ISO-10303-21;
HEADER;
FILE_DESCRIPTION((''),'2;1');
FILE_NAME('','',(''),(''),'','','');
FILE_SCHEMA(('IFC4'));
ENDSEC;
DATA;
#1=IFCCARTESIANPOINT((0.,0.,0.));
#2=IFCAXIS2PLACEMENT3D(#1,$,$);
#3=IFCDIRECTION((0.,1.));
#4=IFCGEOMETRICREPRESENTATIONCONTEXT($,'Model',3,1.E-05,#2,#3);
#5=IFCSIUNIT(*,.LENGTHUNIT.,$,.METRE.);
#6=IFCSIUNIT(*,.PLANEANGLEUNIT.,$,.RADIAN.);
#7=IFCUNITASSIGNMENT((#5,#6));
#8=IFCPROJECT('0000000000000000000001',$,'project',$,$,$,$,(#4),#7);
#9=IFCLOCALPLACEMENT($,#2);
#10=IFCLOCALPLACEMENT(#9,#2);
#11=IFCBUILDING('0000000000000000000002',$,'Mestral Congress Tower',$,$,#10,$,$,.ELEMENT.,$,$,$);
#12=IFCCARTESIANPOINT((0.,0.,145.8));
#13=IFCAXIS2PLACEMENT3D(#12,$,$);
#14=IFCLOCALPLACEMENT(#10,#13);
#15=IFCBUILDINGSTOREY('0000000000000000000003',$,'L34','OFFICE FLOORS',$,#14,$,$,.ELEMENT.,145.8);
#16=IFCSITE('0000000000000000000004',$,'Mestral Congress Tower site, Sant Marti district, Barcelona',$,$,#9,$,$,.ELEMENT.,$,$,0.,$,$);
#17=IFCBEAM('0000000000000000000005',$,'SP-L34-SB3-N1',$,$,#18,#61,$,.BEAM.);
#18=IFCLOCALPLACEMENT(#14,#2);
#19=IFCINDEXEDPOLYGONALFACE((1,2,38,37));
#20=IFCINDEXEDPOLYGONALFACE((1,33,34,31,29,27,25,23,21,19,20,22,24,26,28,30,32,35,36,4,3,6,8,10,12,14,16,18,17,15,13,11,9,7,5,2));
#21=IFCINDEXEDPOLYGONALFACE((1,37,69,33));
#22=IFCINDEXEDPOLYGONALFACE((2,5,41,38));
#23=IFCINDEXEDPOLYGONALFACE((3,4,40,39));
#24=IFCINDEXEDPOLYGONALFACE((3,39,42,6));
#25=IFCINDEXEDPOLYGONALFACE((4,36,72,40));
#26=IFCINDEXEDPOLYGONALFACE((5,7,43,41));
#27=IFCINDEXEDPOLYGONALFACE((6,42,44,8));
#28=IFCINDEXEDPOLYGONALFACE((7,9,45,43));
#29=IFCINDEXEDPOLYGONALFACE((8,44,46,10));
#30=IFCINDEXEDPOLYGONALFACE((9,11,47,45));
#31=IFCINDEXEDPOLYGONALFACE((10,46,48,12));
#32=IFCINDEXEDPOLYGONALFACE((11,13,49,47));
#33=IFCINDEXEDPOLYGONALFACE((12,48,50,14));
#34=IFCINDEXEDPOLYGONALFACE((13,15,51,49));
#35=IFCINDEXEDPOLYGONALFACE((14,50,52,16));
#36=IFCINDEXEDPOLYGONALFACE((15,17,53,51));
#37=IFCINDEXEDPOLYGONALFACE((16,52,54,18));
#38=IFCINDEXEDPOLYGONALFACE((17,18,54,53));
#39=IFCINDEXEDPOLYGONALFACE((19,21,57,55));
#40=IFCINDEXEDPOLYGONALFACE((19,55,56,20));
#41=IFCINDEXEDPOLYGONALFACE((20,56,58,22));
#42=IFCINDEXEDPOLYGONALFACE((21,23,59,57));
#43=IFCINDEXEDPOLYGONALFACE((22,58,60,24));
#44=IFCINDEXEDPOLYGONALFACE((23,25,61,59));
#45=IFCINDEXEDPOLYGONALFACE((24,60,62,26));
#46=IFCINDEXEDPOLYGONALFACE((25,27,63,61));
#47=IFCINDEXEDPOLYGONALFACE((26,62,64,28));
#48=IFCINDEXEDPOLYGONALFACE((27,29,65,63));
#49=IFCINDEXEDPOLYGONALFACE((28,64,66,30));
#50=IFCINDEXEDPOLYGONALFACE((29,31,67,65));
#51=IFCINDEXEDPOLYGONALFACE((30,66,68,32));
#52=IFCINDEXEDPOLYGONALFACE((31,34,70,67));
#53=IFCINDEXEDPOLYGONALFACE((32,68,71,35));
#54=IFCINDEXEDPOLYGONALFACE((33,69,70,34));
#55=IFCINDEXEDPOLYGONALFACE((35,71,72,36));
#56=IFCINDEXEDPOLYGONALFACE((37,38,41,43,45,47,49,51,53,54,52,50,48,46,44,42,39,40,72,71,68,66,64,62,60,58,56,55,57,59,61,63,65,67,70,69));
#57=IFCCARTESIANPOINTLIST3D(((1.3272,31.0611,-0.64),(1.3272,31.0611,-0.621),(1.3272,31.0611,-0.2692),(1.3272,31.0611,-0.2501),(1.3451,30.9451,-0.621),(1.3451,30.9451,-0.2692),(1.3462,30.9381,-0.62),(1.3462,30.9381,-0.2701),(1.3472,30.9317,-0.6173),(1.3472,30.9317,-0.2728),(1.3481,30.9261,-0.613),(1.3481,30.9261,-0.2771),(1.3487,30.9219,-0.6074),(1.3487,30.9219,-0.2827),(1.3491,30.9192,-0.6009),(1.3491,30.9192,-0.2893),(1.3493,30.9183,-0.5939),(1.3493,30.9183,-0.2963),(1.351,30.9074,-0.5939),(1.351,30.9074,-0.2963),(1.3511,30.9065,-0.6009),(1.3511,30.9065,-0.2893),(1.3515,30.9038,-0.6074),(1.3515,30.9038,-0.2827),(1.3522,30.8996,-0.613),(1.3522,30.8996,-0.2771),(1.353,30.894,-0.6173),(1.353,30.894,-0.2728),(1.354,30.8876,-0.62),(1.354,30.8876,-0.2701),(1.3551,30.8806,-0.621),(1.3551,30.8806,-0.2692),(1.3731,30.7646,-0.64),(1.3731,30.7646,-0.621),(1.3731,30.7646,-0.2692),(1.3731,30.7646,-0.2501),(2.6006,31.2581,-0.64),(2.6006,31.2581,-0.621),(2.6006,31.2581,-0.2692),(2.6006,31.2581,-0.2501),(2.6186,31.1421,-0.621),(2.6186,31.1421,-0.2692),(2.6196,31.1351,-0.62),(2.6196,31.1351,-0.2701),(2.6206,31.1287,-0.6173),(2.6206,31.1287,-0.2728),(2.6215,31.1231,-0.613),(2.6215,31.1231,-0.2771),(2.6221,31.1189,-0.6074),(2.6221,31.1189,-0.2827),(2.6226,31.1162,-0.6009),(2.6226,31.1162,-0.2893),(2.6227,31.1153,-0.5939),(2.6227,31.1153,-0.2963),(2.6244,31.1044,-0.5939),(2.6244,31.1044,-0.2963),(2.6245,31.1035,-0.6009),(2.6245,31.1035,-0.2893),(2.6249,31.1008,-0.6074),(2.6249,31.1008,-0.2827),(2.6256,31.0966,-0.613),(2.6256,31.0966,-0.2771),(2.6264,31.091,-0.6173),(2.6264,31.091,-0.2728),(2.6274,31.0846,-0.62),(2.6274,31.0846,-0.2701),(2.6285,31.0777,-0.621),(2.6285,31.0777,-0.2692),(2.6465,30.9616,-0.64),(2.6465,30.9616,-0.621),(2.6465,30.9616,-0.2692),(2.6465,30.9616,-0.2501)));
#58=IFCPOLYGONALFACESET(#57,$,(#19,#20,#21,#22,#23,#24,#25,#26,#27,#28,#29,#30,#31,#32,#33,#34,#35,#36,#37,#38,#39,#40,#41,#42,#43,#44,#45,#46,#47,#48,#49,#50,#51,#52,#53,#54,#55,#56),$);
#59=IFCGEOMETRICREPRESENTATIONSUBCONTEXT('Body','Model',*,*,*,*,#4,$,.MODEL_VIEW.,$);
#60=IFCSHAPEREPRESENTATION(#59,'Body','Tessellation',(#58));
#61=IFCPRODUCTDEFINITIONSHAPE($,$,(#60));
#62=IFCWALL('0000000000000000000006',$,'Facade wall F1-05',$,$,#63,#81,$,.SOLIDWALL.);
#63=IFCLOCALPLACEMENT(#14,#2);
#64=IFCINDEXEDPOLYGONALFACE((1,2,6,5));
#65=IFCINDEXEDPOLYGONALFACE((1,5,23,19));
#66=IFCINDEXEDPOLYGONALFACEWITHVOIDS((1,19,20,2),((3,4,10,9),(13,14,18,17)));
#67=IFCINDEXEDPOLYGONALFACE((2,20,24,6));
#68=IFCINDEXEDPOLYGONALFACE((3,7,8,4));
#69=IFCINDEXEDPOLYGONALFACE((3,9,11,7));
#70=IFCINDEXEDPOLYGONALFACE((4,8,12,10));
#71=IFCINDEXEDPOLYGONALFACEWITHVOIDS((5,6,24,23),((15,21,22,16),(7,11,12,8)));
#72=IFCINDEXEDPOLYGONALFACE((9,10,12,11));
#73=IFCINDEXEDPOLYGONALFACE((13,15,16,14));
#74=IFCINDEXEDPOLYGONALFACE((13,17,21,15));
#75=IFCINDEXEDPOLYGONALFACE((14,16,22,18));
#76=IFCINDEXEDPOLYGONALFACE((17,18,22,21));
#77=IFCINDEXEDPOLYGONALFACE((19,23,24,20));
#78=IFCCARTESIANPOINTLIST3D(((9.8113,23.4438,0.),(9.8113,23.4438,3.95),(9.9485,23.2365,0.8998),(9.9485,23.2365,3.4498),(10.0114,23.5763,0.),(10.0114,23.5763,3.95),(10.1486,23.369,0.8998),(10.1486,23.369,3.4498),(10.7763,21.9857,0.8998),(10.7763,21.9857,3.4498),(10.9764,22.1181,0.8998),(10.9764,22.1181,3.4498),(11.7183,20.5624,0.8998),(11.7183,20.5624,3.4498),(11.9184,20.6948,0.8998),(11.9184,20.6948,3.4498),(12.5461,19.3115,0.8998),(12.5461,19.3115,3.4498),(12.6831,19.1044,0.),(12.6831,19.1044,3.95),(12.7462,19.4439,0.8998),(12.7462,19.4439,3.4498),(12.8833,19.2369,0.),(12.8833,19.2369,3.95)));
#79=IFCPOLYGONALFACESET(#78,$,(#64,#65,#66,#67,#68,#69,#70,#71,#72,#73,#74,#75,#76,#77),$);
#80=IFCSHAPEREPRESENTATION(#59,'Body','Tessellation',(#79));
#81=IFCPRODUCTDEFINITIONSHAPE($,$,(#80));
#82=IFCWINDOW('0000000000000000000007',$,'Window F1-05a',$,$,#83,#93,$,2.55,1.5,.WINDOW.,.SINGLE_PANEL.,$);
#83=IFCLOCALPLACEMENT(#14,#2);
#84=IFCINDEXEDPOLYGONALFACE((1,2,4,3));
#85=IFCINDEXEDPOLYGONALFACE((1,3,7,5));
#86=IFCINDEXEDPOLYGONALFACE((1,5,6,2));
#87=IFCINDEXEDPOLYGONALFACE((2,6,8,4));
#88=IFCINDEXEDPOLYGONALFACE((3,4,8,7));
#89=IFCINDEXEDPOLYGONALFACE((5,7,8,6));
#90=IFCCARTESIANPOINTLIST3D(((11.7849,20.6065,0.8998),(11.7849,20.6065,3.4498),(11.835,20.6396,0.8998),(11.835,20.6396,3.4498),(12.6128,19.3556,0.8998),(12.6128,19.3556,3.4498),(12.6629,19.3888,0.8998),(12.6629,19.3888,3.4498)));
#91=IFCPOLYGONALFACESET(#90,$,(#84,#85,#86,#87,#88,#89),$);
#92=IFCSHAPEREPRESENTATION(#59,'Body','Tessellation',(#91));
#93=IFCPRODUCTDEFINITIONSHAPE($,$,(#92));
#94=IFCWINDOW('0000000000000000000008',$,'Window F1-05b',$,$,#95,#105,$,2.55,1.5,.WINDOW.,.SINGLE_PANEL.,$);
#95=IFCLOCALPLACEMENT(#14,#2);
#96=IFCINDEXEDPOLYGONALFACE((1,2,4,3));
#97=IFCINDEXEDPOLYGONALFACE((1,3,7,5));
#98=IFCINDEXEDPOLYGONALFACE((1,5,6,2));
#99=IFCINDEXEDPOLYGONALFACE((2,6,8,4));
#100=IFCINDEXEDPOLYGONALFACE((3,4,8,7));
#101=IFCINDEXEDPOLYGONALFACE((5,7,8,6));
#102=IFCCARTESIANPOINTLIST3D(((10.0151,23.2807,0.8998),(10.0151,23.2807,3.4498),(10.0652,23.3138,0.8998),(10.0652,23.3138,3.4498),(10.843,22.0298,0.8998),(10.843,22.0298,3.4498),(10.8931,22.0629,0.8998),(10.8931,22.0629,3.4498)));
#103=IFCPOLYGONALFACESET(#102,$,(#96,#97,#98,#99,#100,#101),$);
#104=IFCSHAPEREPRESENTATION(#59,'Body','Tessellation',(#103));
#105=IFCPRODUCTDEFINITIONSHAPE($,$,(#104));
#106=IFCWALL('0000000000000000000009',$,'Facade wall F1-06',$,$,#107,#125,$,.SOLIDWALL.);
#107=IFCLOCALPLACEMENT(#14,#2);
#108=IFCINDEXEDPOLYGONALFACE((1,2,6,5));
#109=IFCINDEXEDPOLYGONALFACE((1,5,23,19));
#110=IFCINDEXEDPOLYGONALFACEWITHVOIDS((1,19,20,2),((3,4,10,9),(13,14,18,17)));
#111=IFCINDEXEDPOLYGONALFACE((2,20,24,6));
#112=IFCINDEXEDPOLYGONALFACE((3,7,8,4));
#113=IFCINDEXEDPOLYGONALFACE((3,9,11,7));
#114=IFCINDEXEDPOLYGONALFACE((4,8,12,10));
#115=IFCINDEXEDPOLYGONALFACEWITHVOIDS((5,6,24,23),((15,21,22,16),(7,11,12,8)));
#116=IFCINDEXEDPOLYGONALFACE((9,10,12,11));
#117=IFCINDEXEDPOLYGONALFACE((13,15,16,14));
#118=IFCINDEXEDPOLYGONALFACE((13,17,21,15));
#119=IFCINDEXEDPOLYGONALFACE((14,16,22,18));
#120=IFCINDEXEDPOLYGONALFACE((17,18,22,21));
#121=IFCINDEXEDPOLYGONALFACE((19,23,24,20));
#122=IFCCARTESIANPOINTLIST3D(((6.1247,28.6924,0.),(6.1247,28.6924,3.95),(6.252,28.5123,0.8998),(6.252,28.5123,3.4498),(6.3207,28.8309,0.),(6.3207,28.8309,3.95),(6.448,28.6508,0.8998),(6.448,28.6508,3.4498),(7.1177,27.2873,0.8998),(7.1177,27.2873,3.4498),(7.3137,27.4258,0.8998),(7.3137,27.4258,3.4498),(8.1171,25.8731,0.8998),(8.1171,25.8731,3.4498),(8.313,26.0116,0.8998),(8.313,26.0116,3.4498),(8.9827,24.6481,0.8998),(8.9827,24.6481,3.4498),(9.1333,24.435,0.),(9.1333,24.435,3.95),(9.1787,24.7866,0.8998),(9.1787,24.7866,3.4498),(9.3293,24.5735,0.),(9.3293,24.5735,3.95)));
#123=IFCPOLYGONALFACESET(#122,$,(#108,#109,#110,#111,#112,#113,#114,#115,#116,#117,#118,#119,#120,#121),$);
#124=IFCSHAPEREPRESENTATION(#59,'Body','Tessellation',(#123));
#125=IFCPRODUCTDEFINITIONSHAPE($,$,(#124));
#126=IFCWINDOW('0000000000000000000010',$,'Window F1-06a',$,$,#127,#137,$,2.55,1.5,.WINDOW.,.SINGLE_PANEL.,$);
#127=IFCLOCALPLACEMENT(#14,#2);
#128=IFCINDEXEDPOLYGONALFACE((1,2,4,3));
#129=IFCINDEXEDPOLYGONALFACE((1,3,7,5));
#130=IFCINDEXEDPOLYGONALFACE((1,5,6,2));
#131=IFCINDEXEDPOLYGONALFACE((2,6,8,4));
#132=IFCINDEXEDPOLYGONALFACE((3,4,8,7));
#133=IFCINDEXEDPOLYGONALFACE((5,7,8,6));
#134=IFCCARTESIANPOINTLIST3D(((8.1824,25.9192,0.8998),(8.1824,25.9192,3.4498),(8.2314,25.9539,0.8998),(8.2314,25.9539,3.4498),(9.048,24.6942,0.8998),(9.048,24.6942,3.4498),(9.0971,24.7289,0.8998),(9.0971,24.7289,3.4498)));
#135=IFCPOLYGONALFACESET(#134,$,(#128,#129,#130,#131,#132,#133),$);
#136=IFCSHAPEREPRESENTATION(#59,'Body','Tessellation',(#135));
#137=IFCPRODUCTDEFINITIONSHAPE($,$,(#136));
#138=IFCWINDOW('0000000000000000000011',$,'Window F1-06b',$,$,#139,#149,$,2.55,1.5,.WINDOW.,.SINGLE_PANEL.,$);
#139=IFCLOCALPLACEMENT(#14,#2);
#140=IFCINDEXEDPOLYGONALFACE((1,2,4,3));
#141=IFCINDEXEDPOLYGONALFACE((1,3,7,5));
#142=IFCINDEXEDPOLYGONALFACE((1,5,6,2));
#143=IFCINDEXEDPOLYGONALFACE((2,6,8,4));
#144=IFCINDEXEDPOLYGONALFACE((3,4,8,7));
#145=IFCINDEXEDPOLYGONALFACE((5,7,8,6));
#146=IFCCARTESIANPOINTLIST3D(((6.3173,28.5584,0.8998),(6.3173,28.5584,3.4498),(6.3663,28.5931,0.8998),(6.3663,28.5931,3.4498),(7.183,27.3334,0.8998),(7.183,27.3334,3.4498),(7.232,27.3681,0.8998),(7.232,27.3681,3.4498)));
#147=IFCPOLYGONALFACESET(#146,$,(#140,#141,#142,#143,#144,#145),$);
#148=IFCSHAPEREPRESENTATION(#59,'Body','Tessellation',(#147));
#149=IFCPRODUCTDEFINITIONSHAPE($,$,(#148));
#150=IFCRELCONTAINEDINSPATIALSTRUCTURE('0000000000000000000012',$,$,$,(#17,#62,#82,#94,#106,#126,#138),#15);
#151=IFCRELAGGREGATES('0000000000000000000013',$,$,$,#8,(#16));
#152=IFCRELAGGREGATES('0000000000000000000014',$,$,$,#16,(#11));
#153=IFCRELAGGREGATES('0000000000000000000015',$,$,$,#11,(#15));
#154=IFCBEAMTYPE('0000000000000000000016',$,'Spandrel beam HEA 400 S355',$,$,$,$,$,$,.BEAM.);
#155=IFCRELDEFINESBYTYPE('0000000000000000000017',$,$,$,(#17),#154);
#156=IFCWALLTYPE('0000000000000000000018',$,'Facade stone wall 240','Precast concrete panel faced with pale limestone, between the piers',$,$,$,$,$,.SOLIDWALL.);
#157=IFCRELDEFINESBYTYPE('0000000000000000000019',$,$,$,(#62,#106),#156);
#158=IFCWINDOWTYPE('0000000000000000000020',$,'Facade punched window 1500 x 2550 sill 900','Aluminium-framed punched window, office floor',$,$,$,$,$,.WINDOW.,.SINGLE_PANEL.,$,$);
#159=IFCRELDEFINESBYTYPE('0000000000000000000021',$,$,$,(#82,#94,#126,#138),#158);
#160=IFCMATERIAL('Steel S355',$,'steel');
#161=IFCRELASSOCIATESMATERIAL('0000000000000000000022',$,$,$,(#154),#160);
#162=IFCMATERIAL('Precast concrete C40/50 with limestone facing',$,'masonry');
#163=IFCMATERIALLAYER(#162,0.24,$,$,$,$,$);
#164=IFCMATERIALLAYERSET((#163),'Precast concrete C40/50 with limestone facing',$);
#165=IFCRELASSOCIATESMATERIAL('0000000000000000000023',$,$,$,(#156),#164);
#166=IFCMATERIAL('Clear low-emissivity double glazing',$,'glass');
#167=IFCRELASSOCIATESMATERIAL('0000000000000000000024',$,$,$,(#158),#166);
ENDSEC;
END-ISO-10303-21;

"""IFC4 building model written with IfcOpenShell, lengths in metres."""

from ifc_helpers import new_model, si_unit, direction, frame, frame_2d, origin, origin_2d, place, context, subcontext, project, spatial, rectangle, i_section, extrude, material, layer, layer_set, material_profile, profile_set, type_object, element, fill, save


model = new_model("IFC4")

# Units and contexts
model_context = context("Model", 3, precision=1e-05, world=origin(), true_north=direction((0.0, 1.0)))
body_context = subcontext(model_context, "Body", "Model", "MODEL_VIEW")
ifc_project = project(units=[si_unit("LENGTHUNIT", "METRE"), si_unit("PLANEANGLEUNIT", "RADIAN")], contexts=[model_context])

# Site, building, storey
site_placement = place(None, origin())
site = spatial("IfcSite", under=ifc_project, at=site_placement, Name="Mestral Congress Tower site, Sant Marti district, Barcelona", CompositionType="ELEMENT", RefElevation=0.0)
building_placement = place(site_placement, origin())
building = spatial("IfcBuilding", under=site, at=building_placement, Name="Mestral Congress Tower", CompositionType="ELEMENT")
storey_placement = place(building_placement, frame((0.0, 0.0, 145.8)))
storey = spatial("IfcBuildingStorey", under=building, at=storey_placement, Name="L34", Description="OFFICE FLOORS", CompositionType="ELEMENT", Elevation=145.8)

# Beam
ifc_material_1 = material(Name="Steel S355", Category="steel")
ifc_material_profile_1 = material_profile(ifc_material_1, i_section(OverallWidth=0.3, OverallDepth=0.3899, WebThickness=0.011, FlangeThickness=0.019, FilletRadius=0.0271, at=origin_2d()), Name="HEA 400")
ifc_profile_set_1 = profile_set([ifc_material_profile_1], Name="Steel S355")
beam_type_1 = type_object("IfcBeamType", Name="Spandrel beam HEA 400 S355", PredefinedType="BEAM", material=ifc_profile_set_1)
beam_1_placement = place(storey_placement, frame((2.6235, 31.1099, -0.4451), z_axis=(-0.988242, -0.152897, 0.0), x_axis=(0.152897, -0.988242, 0.0)))
element("IfcBeam", 1, at=beam_1_placement, inside=storey, type_object=beam_type_1, Name="SP-L34-SB3-N1", PredefinedType="BEAM", context=body_context, shape_type="SweptSolid", body=[
    extrude(i_section(OverallWidth=0.3, OverallDepth=0.3899, WebThickness=0.011, FlangeThickness=0.019, FilletRadius=0.0271, at=origin_2d()), origin(), (0.0, 0.0, 1.0), 1.2886),
])

# Walls, openings, windows
ifc_material_2 = material(Name="Precast concrete C40/50 with limestone facing", Category="masonry")
ifc_layer_1 = layer(ifc_material_2, 0.24)
ifc_layer_set_1 = layer_set([ifc_layer_1], Name="Precast concrete C40/50 with limestone facing")
wall_type_1 = type_object("IfcWallType", Name="Facade stone wall 240", Description="Precast concrete panel faced with pale limestone, between the piers", PredefinedType="SOLIDWALL", material=ifc_layer_set_1)
wall_1_placement = place(storey_placement, frame((12.7832, 19.1707, 0.0), z_axis=(0.0, 0.0, 1.0), x_axis=(-0.551893, 0.833915, 0.0)))
wall_1 = element("IfcWall", 2, at=wall_1_placement, inside=storey, type_object=wall_type_1, Name="Facade wall F1-05", PredefinedType="SOLIDWALL", context=body_context, shape_type="SweptSolid", body=[
    extrude(rectangle(XDim=5.2036, YDim=0.24, at=frame_2d((2.6018, 0.0))), origin(), (0.0, 0.0, 1.0), 3.95),
])
opening_1_placement = place(wall_1_placement, frame((0.2483, 0.0, 0.8999)))
opening_1 = element("IfcOpeningElement", 3, at=opening_1_placement, cuts=wall_1, PredefinedType="OPENING", context=body_context, shape_type="SweptSolid", body=[
    extrude(rectangle(XDim=1.5, YDim=2.55, at=frame_2d((0.75, 1.2749))), frame((0.0, 0.1299, 0.0), z_axis=(0.0, -1.0, 0.0), x_axis=(1.0, 0.0, 0.0)), (0.0, 0.0, 1.0), 0.26),
])
opening_2_placement = place(wall_1_placement, frame((3.4551, 0.0, 0.8999)))
opening_2 = element("IfcOpeningElement", 4, at=opening_2_placement, cuts=wall_1, PredefinedType="OPENING", context=body_context, shape_type="SweptSolid", body=[
    extrude(rectangle(XDim=1.5, YDim=2.55, at=frame_2d((0.75, 1.2749))), frame((0.0, 0.1299, 0.0), z_axis=(0.0, -1.0, 0.0), x_axis=(1.0, 0.0, 0.0)), (0.0, 0.0, 1.0), 0.26),
])
ifc_material_3 = material(Name="Clear low-emissivity double glazing", Category="glass")
window_type_1 = type_object("IfcWindowType", Name="Facade punched window 1500 x 2550 sill 900", Description="Aluminium-framed punched window, office floor", PartitioningType="SINGLE_PANEL", PredefinedType="WINDOW", material=ifc_material_3)
window_1_placement = place(opening_1_placement, origin())
window_1 = element("IfcWindow", 5, at=window_1_placement, inside=storey, type_object=window_type_1, Name="Window F1-05a", OverallHeight=2.55, OverallWidth=1.5, PartitioningType="SINGLE_PANEL", PredefinedType="WINDOW", context=body_context, shape_type="SweptSolid", body=[
    extrude(rectangle(XDim=1.5, YDim=2.55, at=frame_2d((0.75, 1.2749))), frame((0.0, 0.04, 0.0), z_axis=(0.0, -1.0, 0.0), x_axis=(1.0, 0.0, 0.0)), (0.0, 0.0, 1.0), 0.0601),
])
fill(opening_1, window_1)
window_2_placement = place(opening_2_placement, origin())
window_2 = element("IfcWindow", 6, at=window_2_placement, inside=storey, type_object=window_type_1, Name="Window F1-05b", OverallHeight=2.55, OverallWidth=1.5, PartitioningType="SINGLE_PANEL", PredefinedType="WINDOW", context=body_context, shape_type="SweptSolid", body=[
    extrude(rectangle(XDim=1.5, YDim=2.55, at=frame_2d((0.75, 1.2749))), frame((0.0, 0.04, 0.0), z_axis=(0.0, -1.0, 0.0), x_axis=(1.0, 0.0, 0.0)), (0.0, 0.0, 1.0), 0.0601),
])
fill(opening_2, window_2)
wall_2_placement = place(storey_placement, frame((9.2312, 24.5044, 0.0), z_axis=(0.0, 0.0, 1.0), x_axis=(-0.577115, 0.816663, 0.0)))
wall_2 = element("IfcWall", 7, at=wall_2_placement, inside=storey, type_object=wall_type_1, Name="Facade wall F1-06", PredefinedType="SOLIDWALL", context=body_context, shape_type="SweptSolid", body=[
    extrude(rectangle(XDim=5.2131, YDim=0.24, at=frame_2d((2.6064, 0.0))), origin(), (0.0, 0.0, 1.0), 3.95),
])
opening_3_placement = place(wall_2_placement, frame((0.2607, 0.0, 0.8999)))
opening_3 = element("IfcOpeningElement", 8, at=opening_3_placement, cuts=wall_2, PredefinedType="OPENING", context=body_context, shape_type="SweptSolid", body=[
    extrude(rectangle(XDim=1.5, YDim=2.55, at=frame_2d((0.75, 1.2749))), frame((0.0, 0.1299, 0.0), z_axis=(0.0, -1.0, 0.0), x_axis=(1.0, 0.0, 0.0)), (0.0, 0.0, 1.0), 0.26),
])
opening_4_placement = place(wall_2_placement, frame((3.4924, 0.0, 0.8999)))
opening_4 = element("IfcOpeningElement", 9, at=opening_4_placement, cuts=wall_2, PredefinedType="OPENING", context=body_context, shape_type="SweptSolid", body=[
    extrude(rectangle(XDim=1.5, YDim=2.55, at=frame_2d((0.75, 1.2749))), frame((0.0, 0.1299, 0.0), z_axis=(0.0, -1.0, 0.0), x_axis=(1.0, 0.0, 0.0)), (0.0, 0.0, 1.0), 0.26),
])
window_3_placement = place(opening_3_placement, origin())
window_3 = element("IfcWindow", 10, at=window_3_placement, inside=storey, type_object=window_type_1, Name="Window F1-06a", OverallHeight=2.55, OverallWidth=1.5, PartitioningType="SINGLE_PANEL", PredefinedType="WINDOW", context=body_context, shape_type="SweptSolid", body=[
    extrude(rectangle(XDim=1.5, YDim=2.55, at=frame_2d((0.75, 1.2749))), frame((0.0, 0.04, 0.0), z_axis=(0.0, -1.0, 0.0), x_axis=(1.0, 0.0, 0.0)), (0.0, 0.0, 1.0), 0.0601),
])
fill(opening_3, window_3)
window_4_placement = place(opening_4_placement, origin())
window_4 = element("IfcWindow", 11, at=window_4_placement, inside=storey, type_object=window_type_1, Name="Window F1-06b", OverallHeight=2.55, OverallWidth=1.5, PartitioningType="SINGLE_PANEL", PredefinedType="WINDOW", context=body_context, shape_type="SweptSolid", body=[
    extrude(rectangle(XDim=1.5, YDim=2.55, at=frame_2d((0.75, 1.2749))), frame((0.0, 0.04, 0.0), z_axis=(0.0, -1.0, 0.0), x_axis=(1.0, 0.0, 0.0)), (0.0, 0.0, 1.0), 0.0601),
])
fill(opening_4, window_4)

save(model, "model.ifc")
